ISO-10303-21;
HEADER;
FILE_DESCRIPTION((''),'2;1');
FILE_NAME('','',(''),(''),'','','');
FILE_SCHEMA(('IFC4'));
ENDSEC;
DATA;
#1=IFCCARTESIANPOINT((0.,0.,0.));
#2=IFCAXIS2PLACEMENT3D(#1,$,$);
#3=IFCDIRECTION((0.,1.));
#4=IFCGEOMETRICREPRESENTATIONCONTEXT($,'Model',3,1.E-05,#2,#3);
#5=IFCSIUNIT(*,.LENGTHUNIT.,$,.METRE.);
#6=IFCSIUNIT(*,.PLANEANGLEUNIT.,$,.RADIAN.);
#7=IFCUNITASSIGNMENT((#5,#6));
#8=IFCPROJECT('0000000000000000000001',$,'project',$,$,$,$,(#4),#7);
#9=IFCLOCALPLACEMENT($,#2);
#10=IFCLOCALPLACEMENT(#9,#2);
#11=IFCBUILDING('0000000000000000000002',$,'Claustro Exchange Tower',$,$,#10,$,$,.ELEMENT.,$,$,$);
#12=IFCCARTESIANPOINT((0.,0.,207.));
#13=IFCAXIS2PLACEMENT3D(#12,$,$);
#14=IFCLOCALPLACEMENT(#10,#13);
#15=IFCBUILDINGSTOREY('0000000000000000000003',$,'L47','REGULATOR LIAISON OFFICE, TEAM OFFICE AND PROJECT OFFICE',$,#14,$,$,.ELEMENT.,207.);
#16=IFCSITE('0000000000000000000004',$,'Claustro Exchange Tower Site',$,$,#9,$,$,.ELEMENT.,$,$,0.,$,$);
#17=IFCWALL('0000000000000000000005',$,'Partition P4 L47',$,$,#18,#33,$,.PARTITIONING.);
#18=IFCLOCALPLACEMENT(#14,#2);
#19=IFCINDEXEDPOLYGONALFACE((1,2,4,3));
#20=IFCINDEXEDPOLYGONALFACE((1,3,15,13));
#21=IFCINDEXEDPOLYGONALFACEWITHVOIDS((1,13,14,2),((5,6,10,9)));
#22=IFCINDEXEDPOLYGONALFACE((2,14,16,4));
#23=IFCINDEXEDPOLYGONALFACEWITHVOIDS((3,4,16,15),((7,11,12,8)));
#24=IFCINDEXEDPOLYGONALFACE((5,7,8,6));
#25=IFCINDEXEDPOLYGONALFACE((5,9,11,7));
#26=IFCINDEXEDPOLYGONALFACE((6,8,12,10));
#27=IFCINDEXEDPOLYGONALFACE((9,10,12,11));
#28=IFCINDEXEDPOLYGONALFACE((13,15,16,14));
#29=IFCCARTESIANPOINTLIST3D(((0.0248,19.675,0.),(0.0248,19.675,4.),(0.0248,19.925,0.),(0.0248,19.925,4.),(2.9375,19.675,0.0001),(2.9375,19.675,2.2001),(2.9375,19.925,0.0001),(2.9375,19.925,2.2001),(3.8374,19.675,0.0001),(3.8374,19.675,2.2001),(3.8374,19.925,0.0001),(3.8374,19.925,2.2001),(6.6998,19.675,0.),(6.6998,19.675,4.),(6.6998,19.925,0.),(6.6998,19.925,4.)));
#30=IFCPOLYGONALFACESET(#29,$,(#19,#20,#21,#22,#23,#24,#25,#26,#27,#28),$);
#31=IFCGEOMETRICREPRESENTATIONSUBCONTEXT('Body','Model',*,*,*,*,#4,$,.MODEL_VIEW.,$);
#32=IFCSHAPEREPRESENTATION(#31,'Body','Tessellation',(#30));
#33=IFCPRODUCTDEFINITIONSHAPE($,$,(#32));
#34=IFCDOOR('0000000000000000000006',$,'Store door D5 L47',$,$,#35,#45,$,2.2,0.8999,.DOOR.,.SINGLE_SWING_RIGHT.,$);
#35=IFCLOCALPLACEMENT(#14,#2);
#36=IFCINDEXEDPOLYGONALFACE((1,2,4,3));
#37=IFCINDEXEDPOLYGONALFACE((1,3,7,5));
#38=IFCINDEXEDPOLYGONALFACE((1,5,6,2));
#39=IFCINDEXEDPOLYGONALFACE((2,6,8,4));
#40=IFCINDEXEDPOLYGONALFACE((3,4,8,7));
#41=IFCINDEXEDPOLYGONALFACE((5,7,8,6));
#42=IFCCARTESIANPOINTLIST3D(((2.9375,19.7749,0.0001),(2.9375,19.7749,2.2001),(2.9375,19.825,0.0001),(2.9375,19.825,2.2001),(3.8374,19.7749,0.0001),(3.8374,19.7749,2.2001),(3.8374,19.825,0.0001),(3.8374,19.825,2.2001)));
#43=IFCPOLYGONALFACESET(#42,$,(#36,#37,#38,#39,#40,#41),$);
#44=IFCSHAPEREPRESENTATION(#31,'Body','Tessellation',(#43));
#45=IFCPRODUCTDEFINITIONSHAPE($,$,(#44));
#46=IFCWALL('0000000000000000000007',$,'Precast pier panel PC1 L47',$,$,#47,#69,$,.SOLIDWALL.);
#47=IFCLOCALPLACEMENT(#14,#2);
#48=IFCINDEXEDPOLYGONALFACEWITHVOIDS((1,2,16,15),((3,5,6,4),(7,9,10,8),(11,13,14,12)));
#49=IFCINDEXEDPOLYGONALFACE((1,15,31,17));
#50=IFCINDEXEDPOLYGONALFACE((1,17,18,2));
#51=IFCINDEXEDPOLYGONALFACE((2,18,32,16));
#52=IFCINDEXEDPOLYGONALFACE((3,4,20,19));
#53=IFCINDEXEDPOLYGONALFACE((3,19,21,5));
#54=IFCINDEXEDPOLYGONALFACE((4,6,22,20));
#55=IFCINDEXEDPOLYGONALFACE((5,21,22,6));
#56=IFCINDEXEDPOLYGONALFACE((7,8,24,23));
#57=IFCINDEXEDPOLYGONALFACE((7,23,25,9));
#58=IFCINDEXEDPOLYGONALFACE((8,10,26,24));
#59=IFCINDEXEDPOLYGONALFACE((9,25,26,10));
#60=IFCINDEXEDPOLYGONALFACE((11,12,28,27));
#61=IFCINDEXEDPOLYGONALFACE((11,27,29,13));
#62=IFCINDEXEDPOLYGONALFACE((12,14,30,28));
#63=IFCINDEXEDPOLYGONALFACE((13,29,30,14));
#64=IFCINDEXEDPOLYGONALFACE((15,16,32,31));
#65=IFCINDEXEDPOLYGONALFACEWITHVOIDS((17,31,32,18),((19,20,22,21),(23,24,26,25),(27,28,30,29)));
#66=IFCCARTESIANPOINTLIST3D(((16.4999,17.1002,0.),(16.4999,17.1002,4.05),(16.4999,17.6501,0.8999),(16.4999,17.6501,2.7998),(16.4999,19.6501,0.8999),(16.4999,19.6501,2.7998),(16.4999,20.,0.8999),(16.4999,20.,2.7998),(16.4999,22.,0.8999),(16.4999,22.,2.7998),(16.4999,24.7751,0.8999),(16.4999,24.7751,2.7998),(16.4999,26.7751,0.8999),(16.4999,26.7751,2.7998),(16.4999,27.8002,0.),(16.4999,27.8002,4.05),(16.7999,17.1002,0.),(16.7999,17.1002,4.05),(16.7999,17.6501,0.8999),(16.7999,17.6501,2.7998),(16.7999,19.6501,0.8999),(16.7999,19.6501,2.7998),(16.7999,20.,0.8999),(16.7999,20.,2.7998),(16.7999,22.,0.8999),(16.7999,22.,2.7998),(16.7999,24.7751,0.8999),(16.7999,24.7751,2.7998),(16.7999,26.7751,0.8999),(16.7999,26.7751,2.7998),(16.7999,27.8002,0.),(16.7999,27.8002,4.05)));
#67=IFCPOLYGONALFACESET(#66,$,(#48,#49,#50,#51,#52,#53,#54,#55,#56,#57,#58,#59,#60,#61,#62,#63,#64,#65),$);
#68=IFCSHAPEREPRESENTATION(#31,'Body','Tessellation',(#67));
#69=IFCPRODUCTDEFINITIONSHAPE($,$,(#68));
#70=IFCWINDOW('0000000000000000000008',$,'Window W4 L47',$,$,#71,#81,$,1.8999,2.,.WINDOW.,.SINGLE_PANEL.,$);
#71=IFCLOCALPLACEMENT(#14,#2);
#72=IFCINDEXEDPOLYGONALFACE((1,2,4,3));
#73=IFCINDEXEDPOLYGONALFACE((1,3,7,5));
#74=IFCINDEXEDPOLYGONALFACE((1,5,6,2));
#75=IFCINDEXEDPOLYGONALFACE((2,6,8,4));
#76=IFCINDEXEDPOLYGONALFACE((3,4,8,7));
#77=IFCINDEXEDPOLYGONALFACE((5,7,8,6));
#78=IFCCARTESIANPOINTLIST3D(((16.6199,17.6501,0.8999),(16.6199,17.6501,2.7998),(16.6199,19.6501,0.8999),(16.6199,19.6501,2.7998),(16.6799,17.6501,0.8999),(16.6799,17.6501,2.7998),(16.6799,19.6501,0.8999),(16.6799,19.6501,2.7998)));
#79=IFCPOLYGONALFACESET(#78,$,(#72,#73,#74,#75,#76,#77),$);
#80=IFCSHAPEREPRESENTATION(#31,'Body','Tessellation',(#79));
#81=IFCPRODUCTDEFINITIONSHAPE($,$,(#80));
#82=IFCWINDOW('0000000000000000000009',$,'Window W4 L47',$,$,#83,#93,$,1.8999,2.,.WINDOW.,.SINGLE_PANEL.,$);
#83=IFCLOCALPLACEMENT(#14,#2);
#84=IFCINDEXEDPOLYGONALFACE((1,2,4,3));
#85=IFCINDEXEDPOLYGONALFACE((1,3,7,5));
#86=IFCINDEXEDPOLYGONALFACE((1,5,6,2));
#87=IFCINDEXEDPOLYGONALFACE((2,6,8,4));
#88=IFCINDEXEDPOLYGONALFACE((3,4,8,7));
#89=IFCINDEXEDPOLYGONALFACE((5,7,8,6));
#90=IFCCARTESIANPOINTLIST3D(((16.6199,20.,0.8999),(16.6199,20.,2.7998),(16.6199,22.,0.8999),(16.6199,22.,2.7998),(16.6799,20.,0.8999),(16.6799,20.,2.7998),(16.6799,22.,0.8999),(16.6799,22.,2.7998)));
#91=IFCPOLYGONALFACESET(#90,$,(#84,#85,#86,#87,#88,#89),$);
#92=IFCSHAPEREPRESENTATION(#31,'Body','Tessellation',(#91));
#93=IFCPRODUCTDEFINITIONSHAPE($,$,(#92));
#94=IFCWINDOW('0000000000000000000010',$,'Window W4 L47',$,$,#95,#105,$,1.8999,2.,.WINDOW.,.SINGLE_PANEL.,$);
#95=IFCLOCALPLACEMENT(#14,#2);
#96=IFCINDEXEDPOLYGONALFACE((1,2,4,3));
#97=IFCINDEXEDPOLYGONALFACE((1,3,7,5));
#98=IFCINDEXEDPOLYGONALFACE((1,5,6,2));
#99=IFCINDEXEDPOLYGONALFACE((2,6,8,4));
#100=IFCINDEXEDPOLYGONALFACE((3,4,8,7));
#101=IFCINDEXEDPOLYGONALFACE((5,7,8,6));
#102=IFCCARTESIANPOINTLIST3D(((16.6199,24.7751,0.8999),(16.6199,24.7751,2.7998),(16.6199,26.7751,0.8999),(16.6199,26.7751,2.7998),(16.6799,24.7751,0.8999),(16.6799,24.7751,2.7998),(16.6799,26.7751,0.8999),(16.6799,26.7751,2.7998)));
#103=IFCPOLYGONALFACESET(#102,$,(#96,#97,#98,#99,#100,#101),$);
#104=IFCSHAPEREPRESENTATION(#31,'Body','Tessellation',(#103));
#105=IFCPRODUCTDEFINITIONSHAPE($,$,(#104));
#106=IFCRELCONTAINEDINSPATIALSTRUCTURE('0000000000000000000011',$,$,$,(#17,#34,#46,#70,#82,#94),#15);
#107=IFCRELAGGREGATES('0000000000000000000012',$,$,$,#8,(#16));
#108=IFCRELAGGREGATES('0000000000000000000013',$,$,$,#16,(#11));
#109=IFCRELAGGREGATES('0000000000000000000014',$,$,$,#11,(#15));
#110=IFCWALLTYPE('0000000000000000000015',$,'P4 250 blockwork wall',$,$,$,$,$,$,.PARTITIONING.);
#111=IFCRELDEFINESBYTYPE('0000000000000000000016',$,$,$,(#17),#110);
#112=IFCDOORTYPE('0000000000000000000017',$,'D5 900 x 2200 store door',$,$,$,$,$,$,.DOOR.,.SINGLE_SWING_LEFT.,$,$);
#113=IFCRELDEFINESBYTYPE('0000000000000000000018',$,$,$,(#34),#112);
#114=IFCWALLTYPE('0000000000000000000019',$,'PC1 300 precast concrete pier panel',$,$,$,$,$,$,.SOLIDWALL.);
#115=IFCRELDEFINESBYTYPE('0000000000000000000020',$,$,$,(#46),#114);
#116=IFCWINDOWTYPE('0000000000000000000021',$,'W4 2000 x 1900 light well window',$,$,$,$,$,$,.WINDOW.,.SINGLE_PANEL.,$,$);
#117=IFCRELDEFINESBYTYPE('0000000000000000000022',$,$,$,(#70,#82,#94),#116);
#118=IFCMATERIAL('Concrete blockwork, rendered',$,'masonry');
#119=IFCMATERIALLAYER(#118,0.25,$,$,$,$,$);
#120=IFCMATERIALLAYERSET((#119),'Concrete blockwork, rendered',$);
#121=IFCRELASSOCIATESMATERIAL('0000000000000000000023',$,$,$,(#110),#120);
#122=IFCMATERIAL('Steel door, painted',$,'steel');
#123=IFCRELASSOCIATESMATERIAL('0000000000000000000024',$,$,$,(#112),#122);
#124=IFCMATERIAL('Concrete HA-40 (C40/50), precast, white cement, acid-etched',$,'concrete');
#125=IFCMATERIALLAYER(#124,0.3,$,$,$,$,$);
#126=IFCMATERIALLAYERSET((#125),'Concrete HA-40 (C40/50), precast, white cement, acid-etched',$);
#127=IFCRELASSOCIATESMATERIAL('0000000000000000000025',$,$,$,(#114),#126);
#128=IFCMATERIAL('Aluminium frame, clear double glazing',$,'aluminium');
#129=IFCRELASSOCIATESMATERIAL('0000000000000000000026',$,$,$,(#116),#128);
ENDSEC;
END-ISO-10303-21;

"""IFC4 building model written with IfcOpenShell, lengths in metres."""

from ifc_helpers import new_model, si_unit, direction, frame, frame_2d, origin, place, context, subcontext, project, spatial, rectangle, extrude, material, layer, layer_set, type_object, element, fill, save


model = new_model("IFC4")

# Units and contexts
model_context = context("Model", 3, precision=1e-05, world=origin(), true_north=direction((0.0, 1.0)))
body_context = subcontext(model_context, "Body", "Model", "MODEL_VIEW")
ifc_project = project(units=[si_unit("LENGTHUNIT", "METRE"), si_unit("PLANEANGLEUNIT", "RADIAN")], contexts=[model_context])

# Site, building, storey
site_placement = place(None, origin())
site = spatial("IfcSite", under=ifc_project, at=site_placement, Name="Claustro Exchange Tower Site", CompositionType="ELEMENT", RefElevation=0.0)
building_placement = place(site_placement, origin())
building = spatial("IfcBuilding", under=site, at=building_placement, Name="Claustro Exchange Tower", CompositionType="ELEMENT")
storey_placement = place(building_placement, frame((0.0, 0.0, 207.0)))
storey = spatial("IfcBuildingStorey", under=building, at=storey_placement, Name="L47", Description="REGULATOR LIAISON OFFICE, TEAM OFFICE AND PROJECT OFFICE", CompositionType="ELEMENT", Elevation=207.0)

# Wall, opening, door
ifc_material_1 = material(Name="Concrete blockwork, rendered", Category="masonry")
ifc_layer_1 = layer(ifc_material_1, 0.25)
ifc_layer_set_1 = layer_set([ifc_layer_1], Name="Concrete blockwork, rendered")
wall_type_1 = type_object("IfcWallType", Name="P4 250 blockwork wall", PredefinedType="PARTITIONING", material=ifc_layer_set_1)
ifc_material_2 = material(Name="Steel door, painted", Category="steel")
door_type = type_object("IfcDoorType", Name="D5 900 x 2200 store door", OperationType="SINGLE_SWING_LEFT", PredefinedType="DOOR", material=ifc_material_2)
wall_1_placement = place(storey_placement, frame((0.0249, 19.8, 0.0), z_axis=(0.0, 0.0, 1.0), x_axis=(1.0, 0.0, 0.0)))
wall_1 = element("IfcWall", 1, at=wall_1_placement, inside=storey, type_object=wall_type_1, Name="Partition P4 L47", PredefinedType="PARTITIONING", context=body_context, shape_type="SweptSolid", body=[
    extrude(rectangle(XDim=6.675, YDim=0.25, at=frame_2d((3.3374, 0.0))), origin(), (0.0, 0.0, 1.0), 4.0),
])
opening_1_placement = place(wall_1_placement, frame((2.9126, 0.0, 0.0)))
opening_1 = element("IfcOpeningElement", 2, at=opening_1_placement, cuts=wall_1, PredefinedType="OPENING", context=body_context, shape_type="SweptSolid", body=[
    extrude(rectangle(XDim=0.8999, YDim=2.2, at=frame_2d((0.45, 1.1001))), frame((0.0, 0.135, 0.0), z_axis=(0.0, -1.0, 0.0), x_axis=(1.0, 0.0, 0.0)), (0.0, 0.0, 1.0), 0.27),
])
door_1_placement = place(opening_1_placement, origin())
door_1 = element("IfcDoor", 3, at=door_1_placement, inside=storey, type_object=door_type, Name="Store door D5 L47", OperationType="SINGLE_SWING_RIGHT", OverallHeight=2.2, OverallWidth=0.8999, PredefinedType="DOOR", context=body_context, shape_type="SweptSolid", body=[
    extrude(rectangle(XDim=0.8999, YDim=2.2, at=frame_2d((0.45, 1.1001))), frame((0.0, 0.0249, 0.0), z_axis=(0.0, -1.0, 0.0), x_axis=(1.0, 0.0, 0.0)), (0.0, 0.0, 1.0), 0.05),
])
fill(opening_1, door_1)

# Wall, openings, windows
ifc_material_3 = material(Name="Concrete HA-40 (C40/50), precast, white cement, acid-etched", Category="concrete")
ifc_layer_2 = layer(ifc_material_3, 0.3)
ifc_layer_set_2 = layer_set([ifc_layer_2], Name="Concrete HA-40 (C40/50), precast, white cement, acid-etched")
wall_type_2 = type_object("IfcWallType", Name="PC1 300 precast concrete pier panel", PredefinedType="SOLIDWALL", material=ifc_layer_set_2)
wall_2_placement = place(storey_placement, frame((16.6499, 17.1001, 0.0), z_axis=(0.0, 0.0, 1.0), x_axis=(0.0, 1.0, 0.0)))
wall_2 = element("IfcWall", 4, at=wall_2_placement, inside=storey, type_object=wall_type_2, Name="Precast pier panel PC1 L47", PredefinedType="SOLIDWALL", context=body_context, shape_type="SweptSolid", body=[
    extrude(rectangle(XDim=10.7, YDim=0.3, at=frame_2d((5.3501, 0.0))), origin(), (0.0, 0.0, 1.0), 4.05),
])
opening_2_placement = place(wall_2_placement, frame((0.55, 0.0, 0.8999)))
opening_2 = element("IfcOpeningElement", 5, at=opening_2_placement, cuts=wall_2, PredefinedType="OPENING", context=body_context, shape_type="SweptSolid", body=[
    extrude(rectangle(XDim=2.0, YDim=1.8999, at=frame_2d((1.0, 0.95))), frame((0.0, 0.1599, 0.0), z_axis=(0.0, -1.0, 0.0), x_axis=(1.0, 0.0, 0.0)), (0.0, 0.0, 1.0), 0.3201),
])
opening_3_placement = place(wall_2_placement, frame((2.8999, 0.0, 0.8999)))
opening_3 = element("IfcOpeningElement", 6, at=opening_3_placement, cuts=wall_2, PredefinedType="OPENING", context=body_context, shape_type="SweptSolid", body=[
    extrude(rectangle(XDim=2.0, YDim=1.8999, at=frame_2d((1.0, 0.95))), frame((0.0, 0.1599, 0.0), z_axis=(0.0, -1.0, 0.0), x_axis=(1.0, 0.0, 0.0)), (0.0, 0.0, 1.0), 0.3201),
])
opening_4_placement = place(wall_2_placement, frame((7.675, 0.0, 0.8999)))
opening_4 = element("IfcOpeningElement", 7, at=opening_4_placement, cuts=wall_2, PredefinedType="OPENING", context=body_context, shape_type="SweptSolid", body=[
    extrude(rectangle(XDim=2.0, YDim=1.8999, at=frame_2d((1.0, 0.95))), frame((0.0, 0.1599, 0.0), z_axis=(0.0, -1.0, 0.0), x_axis=(1.0, 0.0, 0.0)), (0.0, 0.0, 1.0), 0.3201),
])
ifc_material_4 = material(Name="Aluminium frame, clear double glazing", Category="aluminium")
window_type = type_object("IfcWindowType", Name="W4 2000 x 1900 light well window", PartitioningType="SINGLE_PANEL", PredefinedType="WINDOW", material=ifc_material_4)
window_1_placement = place(opening_2_placement, origin())
window_1 = element("IfcWindow", 8, at=window_1_placement, inside=storey, type_object=window_type, Name="Window W4 L47", OverallHeight=1.8999, OverallWidth=2.0, PartitioningType="SINGLE_PANEL", PredefinedType="WINDOW", context=body_context, shape_type="SweptSolid", body=[
    extrude(rectangle(XDim=2.0, YDim=1.8999, at=frame_2d((1.0, 0.95))), frame((0.0, 0.03, 0.0), z_axis=(0.0, -1.0, 0.0), x_axis=(1.0, 0.0, 0.0)), (0.0, 0.0, 1.0), 0.0601),
])
fill(opening_2, window_1)
window_2_placement = place(opening_3_placement, origin())
window_2 = element("IfcWindow", 9, at=window_2_placement, inside=storey, type_object=window_type, Name="Window W4 L47", OverallHeight=1.8999, OverallWidth=2.0, PartitioningType="SINGLE_PANEL", PredefinedType="WINDOW", context=body_context, shape_type="SweptSolid", body=[
    extrude(rectangle(XDim=2.0, YDim=1.8999, at=frame_2d((1.0, 0.95))), frame((0.0, 0.03, 0.0), z_axis=(0.0, -1.0, 0.0), x_axis=(1.0, 0.0, 0.0)), (0.0, 0.0, 1.0), 0.0601),
])
fill(opening_3, window_2)
window_3_placement = place(opening_4_placement, origin())
window_3 = element("IfcWindow", 10, at=window_3_placement, inside=storey, type_object=window_type, Name="Window W4 L47", OverallHeight=1.8999, OverallWidth=2.0, PartitioningType="SINGLE_PANEL", PredefinedType="WINDOW", context=body_context, shape_type="SweptSolid", body=[
    extrude(rectangle(XDim=2.0, YDim=1.8999, at=frame_2d((1.0, 0.95))), frame((0.0, 0.03, 0.0), z_axis=(0.0, -1.0, 0.0), x_axis=(1.0, 0.0, 0.0)), (0.0, 0.0, 1.0), 0.0601),
])
fill(opening_4, window_3)

save(model, "model.ifc")
